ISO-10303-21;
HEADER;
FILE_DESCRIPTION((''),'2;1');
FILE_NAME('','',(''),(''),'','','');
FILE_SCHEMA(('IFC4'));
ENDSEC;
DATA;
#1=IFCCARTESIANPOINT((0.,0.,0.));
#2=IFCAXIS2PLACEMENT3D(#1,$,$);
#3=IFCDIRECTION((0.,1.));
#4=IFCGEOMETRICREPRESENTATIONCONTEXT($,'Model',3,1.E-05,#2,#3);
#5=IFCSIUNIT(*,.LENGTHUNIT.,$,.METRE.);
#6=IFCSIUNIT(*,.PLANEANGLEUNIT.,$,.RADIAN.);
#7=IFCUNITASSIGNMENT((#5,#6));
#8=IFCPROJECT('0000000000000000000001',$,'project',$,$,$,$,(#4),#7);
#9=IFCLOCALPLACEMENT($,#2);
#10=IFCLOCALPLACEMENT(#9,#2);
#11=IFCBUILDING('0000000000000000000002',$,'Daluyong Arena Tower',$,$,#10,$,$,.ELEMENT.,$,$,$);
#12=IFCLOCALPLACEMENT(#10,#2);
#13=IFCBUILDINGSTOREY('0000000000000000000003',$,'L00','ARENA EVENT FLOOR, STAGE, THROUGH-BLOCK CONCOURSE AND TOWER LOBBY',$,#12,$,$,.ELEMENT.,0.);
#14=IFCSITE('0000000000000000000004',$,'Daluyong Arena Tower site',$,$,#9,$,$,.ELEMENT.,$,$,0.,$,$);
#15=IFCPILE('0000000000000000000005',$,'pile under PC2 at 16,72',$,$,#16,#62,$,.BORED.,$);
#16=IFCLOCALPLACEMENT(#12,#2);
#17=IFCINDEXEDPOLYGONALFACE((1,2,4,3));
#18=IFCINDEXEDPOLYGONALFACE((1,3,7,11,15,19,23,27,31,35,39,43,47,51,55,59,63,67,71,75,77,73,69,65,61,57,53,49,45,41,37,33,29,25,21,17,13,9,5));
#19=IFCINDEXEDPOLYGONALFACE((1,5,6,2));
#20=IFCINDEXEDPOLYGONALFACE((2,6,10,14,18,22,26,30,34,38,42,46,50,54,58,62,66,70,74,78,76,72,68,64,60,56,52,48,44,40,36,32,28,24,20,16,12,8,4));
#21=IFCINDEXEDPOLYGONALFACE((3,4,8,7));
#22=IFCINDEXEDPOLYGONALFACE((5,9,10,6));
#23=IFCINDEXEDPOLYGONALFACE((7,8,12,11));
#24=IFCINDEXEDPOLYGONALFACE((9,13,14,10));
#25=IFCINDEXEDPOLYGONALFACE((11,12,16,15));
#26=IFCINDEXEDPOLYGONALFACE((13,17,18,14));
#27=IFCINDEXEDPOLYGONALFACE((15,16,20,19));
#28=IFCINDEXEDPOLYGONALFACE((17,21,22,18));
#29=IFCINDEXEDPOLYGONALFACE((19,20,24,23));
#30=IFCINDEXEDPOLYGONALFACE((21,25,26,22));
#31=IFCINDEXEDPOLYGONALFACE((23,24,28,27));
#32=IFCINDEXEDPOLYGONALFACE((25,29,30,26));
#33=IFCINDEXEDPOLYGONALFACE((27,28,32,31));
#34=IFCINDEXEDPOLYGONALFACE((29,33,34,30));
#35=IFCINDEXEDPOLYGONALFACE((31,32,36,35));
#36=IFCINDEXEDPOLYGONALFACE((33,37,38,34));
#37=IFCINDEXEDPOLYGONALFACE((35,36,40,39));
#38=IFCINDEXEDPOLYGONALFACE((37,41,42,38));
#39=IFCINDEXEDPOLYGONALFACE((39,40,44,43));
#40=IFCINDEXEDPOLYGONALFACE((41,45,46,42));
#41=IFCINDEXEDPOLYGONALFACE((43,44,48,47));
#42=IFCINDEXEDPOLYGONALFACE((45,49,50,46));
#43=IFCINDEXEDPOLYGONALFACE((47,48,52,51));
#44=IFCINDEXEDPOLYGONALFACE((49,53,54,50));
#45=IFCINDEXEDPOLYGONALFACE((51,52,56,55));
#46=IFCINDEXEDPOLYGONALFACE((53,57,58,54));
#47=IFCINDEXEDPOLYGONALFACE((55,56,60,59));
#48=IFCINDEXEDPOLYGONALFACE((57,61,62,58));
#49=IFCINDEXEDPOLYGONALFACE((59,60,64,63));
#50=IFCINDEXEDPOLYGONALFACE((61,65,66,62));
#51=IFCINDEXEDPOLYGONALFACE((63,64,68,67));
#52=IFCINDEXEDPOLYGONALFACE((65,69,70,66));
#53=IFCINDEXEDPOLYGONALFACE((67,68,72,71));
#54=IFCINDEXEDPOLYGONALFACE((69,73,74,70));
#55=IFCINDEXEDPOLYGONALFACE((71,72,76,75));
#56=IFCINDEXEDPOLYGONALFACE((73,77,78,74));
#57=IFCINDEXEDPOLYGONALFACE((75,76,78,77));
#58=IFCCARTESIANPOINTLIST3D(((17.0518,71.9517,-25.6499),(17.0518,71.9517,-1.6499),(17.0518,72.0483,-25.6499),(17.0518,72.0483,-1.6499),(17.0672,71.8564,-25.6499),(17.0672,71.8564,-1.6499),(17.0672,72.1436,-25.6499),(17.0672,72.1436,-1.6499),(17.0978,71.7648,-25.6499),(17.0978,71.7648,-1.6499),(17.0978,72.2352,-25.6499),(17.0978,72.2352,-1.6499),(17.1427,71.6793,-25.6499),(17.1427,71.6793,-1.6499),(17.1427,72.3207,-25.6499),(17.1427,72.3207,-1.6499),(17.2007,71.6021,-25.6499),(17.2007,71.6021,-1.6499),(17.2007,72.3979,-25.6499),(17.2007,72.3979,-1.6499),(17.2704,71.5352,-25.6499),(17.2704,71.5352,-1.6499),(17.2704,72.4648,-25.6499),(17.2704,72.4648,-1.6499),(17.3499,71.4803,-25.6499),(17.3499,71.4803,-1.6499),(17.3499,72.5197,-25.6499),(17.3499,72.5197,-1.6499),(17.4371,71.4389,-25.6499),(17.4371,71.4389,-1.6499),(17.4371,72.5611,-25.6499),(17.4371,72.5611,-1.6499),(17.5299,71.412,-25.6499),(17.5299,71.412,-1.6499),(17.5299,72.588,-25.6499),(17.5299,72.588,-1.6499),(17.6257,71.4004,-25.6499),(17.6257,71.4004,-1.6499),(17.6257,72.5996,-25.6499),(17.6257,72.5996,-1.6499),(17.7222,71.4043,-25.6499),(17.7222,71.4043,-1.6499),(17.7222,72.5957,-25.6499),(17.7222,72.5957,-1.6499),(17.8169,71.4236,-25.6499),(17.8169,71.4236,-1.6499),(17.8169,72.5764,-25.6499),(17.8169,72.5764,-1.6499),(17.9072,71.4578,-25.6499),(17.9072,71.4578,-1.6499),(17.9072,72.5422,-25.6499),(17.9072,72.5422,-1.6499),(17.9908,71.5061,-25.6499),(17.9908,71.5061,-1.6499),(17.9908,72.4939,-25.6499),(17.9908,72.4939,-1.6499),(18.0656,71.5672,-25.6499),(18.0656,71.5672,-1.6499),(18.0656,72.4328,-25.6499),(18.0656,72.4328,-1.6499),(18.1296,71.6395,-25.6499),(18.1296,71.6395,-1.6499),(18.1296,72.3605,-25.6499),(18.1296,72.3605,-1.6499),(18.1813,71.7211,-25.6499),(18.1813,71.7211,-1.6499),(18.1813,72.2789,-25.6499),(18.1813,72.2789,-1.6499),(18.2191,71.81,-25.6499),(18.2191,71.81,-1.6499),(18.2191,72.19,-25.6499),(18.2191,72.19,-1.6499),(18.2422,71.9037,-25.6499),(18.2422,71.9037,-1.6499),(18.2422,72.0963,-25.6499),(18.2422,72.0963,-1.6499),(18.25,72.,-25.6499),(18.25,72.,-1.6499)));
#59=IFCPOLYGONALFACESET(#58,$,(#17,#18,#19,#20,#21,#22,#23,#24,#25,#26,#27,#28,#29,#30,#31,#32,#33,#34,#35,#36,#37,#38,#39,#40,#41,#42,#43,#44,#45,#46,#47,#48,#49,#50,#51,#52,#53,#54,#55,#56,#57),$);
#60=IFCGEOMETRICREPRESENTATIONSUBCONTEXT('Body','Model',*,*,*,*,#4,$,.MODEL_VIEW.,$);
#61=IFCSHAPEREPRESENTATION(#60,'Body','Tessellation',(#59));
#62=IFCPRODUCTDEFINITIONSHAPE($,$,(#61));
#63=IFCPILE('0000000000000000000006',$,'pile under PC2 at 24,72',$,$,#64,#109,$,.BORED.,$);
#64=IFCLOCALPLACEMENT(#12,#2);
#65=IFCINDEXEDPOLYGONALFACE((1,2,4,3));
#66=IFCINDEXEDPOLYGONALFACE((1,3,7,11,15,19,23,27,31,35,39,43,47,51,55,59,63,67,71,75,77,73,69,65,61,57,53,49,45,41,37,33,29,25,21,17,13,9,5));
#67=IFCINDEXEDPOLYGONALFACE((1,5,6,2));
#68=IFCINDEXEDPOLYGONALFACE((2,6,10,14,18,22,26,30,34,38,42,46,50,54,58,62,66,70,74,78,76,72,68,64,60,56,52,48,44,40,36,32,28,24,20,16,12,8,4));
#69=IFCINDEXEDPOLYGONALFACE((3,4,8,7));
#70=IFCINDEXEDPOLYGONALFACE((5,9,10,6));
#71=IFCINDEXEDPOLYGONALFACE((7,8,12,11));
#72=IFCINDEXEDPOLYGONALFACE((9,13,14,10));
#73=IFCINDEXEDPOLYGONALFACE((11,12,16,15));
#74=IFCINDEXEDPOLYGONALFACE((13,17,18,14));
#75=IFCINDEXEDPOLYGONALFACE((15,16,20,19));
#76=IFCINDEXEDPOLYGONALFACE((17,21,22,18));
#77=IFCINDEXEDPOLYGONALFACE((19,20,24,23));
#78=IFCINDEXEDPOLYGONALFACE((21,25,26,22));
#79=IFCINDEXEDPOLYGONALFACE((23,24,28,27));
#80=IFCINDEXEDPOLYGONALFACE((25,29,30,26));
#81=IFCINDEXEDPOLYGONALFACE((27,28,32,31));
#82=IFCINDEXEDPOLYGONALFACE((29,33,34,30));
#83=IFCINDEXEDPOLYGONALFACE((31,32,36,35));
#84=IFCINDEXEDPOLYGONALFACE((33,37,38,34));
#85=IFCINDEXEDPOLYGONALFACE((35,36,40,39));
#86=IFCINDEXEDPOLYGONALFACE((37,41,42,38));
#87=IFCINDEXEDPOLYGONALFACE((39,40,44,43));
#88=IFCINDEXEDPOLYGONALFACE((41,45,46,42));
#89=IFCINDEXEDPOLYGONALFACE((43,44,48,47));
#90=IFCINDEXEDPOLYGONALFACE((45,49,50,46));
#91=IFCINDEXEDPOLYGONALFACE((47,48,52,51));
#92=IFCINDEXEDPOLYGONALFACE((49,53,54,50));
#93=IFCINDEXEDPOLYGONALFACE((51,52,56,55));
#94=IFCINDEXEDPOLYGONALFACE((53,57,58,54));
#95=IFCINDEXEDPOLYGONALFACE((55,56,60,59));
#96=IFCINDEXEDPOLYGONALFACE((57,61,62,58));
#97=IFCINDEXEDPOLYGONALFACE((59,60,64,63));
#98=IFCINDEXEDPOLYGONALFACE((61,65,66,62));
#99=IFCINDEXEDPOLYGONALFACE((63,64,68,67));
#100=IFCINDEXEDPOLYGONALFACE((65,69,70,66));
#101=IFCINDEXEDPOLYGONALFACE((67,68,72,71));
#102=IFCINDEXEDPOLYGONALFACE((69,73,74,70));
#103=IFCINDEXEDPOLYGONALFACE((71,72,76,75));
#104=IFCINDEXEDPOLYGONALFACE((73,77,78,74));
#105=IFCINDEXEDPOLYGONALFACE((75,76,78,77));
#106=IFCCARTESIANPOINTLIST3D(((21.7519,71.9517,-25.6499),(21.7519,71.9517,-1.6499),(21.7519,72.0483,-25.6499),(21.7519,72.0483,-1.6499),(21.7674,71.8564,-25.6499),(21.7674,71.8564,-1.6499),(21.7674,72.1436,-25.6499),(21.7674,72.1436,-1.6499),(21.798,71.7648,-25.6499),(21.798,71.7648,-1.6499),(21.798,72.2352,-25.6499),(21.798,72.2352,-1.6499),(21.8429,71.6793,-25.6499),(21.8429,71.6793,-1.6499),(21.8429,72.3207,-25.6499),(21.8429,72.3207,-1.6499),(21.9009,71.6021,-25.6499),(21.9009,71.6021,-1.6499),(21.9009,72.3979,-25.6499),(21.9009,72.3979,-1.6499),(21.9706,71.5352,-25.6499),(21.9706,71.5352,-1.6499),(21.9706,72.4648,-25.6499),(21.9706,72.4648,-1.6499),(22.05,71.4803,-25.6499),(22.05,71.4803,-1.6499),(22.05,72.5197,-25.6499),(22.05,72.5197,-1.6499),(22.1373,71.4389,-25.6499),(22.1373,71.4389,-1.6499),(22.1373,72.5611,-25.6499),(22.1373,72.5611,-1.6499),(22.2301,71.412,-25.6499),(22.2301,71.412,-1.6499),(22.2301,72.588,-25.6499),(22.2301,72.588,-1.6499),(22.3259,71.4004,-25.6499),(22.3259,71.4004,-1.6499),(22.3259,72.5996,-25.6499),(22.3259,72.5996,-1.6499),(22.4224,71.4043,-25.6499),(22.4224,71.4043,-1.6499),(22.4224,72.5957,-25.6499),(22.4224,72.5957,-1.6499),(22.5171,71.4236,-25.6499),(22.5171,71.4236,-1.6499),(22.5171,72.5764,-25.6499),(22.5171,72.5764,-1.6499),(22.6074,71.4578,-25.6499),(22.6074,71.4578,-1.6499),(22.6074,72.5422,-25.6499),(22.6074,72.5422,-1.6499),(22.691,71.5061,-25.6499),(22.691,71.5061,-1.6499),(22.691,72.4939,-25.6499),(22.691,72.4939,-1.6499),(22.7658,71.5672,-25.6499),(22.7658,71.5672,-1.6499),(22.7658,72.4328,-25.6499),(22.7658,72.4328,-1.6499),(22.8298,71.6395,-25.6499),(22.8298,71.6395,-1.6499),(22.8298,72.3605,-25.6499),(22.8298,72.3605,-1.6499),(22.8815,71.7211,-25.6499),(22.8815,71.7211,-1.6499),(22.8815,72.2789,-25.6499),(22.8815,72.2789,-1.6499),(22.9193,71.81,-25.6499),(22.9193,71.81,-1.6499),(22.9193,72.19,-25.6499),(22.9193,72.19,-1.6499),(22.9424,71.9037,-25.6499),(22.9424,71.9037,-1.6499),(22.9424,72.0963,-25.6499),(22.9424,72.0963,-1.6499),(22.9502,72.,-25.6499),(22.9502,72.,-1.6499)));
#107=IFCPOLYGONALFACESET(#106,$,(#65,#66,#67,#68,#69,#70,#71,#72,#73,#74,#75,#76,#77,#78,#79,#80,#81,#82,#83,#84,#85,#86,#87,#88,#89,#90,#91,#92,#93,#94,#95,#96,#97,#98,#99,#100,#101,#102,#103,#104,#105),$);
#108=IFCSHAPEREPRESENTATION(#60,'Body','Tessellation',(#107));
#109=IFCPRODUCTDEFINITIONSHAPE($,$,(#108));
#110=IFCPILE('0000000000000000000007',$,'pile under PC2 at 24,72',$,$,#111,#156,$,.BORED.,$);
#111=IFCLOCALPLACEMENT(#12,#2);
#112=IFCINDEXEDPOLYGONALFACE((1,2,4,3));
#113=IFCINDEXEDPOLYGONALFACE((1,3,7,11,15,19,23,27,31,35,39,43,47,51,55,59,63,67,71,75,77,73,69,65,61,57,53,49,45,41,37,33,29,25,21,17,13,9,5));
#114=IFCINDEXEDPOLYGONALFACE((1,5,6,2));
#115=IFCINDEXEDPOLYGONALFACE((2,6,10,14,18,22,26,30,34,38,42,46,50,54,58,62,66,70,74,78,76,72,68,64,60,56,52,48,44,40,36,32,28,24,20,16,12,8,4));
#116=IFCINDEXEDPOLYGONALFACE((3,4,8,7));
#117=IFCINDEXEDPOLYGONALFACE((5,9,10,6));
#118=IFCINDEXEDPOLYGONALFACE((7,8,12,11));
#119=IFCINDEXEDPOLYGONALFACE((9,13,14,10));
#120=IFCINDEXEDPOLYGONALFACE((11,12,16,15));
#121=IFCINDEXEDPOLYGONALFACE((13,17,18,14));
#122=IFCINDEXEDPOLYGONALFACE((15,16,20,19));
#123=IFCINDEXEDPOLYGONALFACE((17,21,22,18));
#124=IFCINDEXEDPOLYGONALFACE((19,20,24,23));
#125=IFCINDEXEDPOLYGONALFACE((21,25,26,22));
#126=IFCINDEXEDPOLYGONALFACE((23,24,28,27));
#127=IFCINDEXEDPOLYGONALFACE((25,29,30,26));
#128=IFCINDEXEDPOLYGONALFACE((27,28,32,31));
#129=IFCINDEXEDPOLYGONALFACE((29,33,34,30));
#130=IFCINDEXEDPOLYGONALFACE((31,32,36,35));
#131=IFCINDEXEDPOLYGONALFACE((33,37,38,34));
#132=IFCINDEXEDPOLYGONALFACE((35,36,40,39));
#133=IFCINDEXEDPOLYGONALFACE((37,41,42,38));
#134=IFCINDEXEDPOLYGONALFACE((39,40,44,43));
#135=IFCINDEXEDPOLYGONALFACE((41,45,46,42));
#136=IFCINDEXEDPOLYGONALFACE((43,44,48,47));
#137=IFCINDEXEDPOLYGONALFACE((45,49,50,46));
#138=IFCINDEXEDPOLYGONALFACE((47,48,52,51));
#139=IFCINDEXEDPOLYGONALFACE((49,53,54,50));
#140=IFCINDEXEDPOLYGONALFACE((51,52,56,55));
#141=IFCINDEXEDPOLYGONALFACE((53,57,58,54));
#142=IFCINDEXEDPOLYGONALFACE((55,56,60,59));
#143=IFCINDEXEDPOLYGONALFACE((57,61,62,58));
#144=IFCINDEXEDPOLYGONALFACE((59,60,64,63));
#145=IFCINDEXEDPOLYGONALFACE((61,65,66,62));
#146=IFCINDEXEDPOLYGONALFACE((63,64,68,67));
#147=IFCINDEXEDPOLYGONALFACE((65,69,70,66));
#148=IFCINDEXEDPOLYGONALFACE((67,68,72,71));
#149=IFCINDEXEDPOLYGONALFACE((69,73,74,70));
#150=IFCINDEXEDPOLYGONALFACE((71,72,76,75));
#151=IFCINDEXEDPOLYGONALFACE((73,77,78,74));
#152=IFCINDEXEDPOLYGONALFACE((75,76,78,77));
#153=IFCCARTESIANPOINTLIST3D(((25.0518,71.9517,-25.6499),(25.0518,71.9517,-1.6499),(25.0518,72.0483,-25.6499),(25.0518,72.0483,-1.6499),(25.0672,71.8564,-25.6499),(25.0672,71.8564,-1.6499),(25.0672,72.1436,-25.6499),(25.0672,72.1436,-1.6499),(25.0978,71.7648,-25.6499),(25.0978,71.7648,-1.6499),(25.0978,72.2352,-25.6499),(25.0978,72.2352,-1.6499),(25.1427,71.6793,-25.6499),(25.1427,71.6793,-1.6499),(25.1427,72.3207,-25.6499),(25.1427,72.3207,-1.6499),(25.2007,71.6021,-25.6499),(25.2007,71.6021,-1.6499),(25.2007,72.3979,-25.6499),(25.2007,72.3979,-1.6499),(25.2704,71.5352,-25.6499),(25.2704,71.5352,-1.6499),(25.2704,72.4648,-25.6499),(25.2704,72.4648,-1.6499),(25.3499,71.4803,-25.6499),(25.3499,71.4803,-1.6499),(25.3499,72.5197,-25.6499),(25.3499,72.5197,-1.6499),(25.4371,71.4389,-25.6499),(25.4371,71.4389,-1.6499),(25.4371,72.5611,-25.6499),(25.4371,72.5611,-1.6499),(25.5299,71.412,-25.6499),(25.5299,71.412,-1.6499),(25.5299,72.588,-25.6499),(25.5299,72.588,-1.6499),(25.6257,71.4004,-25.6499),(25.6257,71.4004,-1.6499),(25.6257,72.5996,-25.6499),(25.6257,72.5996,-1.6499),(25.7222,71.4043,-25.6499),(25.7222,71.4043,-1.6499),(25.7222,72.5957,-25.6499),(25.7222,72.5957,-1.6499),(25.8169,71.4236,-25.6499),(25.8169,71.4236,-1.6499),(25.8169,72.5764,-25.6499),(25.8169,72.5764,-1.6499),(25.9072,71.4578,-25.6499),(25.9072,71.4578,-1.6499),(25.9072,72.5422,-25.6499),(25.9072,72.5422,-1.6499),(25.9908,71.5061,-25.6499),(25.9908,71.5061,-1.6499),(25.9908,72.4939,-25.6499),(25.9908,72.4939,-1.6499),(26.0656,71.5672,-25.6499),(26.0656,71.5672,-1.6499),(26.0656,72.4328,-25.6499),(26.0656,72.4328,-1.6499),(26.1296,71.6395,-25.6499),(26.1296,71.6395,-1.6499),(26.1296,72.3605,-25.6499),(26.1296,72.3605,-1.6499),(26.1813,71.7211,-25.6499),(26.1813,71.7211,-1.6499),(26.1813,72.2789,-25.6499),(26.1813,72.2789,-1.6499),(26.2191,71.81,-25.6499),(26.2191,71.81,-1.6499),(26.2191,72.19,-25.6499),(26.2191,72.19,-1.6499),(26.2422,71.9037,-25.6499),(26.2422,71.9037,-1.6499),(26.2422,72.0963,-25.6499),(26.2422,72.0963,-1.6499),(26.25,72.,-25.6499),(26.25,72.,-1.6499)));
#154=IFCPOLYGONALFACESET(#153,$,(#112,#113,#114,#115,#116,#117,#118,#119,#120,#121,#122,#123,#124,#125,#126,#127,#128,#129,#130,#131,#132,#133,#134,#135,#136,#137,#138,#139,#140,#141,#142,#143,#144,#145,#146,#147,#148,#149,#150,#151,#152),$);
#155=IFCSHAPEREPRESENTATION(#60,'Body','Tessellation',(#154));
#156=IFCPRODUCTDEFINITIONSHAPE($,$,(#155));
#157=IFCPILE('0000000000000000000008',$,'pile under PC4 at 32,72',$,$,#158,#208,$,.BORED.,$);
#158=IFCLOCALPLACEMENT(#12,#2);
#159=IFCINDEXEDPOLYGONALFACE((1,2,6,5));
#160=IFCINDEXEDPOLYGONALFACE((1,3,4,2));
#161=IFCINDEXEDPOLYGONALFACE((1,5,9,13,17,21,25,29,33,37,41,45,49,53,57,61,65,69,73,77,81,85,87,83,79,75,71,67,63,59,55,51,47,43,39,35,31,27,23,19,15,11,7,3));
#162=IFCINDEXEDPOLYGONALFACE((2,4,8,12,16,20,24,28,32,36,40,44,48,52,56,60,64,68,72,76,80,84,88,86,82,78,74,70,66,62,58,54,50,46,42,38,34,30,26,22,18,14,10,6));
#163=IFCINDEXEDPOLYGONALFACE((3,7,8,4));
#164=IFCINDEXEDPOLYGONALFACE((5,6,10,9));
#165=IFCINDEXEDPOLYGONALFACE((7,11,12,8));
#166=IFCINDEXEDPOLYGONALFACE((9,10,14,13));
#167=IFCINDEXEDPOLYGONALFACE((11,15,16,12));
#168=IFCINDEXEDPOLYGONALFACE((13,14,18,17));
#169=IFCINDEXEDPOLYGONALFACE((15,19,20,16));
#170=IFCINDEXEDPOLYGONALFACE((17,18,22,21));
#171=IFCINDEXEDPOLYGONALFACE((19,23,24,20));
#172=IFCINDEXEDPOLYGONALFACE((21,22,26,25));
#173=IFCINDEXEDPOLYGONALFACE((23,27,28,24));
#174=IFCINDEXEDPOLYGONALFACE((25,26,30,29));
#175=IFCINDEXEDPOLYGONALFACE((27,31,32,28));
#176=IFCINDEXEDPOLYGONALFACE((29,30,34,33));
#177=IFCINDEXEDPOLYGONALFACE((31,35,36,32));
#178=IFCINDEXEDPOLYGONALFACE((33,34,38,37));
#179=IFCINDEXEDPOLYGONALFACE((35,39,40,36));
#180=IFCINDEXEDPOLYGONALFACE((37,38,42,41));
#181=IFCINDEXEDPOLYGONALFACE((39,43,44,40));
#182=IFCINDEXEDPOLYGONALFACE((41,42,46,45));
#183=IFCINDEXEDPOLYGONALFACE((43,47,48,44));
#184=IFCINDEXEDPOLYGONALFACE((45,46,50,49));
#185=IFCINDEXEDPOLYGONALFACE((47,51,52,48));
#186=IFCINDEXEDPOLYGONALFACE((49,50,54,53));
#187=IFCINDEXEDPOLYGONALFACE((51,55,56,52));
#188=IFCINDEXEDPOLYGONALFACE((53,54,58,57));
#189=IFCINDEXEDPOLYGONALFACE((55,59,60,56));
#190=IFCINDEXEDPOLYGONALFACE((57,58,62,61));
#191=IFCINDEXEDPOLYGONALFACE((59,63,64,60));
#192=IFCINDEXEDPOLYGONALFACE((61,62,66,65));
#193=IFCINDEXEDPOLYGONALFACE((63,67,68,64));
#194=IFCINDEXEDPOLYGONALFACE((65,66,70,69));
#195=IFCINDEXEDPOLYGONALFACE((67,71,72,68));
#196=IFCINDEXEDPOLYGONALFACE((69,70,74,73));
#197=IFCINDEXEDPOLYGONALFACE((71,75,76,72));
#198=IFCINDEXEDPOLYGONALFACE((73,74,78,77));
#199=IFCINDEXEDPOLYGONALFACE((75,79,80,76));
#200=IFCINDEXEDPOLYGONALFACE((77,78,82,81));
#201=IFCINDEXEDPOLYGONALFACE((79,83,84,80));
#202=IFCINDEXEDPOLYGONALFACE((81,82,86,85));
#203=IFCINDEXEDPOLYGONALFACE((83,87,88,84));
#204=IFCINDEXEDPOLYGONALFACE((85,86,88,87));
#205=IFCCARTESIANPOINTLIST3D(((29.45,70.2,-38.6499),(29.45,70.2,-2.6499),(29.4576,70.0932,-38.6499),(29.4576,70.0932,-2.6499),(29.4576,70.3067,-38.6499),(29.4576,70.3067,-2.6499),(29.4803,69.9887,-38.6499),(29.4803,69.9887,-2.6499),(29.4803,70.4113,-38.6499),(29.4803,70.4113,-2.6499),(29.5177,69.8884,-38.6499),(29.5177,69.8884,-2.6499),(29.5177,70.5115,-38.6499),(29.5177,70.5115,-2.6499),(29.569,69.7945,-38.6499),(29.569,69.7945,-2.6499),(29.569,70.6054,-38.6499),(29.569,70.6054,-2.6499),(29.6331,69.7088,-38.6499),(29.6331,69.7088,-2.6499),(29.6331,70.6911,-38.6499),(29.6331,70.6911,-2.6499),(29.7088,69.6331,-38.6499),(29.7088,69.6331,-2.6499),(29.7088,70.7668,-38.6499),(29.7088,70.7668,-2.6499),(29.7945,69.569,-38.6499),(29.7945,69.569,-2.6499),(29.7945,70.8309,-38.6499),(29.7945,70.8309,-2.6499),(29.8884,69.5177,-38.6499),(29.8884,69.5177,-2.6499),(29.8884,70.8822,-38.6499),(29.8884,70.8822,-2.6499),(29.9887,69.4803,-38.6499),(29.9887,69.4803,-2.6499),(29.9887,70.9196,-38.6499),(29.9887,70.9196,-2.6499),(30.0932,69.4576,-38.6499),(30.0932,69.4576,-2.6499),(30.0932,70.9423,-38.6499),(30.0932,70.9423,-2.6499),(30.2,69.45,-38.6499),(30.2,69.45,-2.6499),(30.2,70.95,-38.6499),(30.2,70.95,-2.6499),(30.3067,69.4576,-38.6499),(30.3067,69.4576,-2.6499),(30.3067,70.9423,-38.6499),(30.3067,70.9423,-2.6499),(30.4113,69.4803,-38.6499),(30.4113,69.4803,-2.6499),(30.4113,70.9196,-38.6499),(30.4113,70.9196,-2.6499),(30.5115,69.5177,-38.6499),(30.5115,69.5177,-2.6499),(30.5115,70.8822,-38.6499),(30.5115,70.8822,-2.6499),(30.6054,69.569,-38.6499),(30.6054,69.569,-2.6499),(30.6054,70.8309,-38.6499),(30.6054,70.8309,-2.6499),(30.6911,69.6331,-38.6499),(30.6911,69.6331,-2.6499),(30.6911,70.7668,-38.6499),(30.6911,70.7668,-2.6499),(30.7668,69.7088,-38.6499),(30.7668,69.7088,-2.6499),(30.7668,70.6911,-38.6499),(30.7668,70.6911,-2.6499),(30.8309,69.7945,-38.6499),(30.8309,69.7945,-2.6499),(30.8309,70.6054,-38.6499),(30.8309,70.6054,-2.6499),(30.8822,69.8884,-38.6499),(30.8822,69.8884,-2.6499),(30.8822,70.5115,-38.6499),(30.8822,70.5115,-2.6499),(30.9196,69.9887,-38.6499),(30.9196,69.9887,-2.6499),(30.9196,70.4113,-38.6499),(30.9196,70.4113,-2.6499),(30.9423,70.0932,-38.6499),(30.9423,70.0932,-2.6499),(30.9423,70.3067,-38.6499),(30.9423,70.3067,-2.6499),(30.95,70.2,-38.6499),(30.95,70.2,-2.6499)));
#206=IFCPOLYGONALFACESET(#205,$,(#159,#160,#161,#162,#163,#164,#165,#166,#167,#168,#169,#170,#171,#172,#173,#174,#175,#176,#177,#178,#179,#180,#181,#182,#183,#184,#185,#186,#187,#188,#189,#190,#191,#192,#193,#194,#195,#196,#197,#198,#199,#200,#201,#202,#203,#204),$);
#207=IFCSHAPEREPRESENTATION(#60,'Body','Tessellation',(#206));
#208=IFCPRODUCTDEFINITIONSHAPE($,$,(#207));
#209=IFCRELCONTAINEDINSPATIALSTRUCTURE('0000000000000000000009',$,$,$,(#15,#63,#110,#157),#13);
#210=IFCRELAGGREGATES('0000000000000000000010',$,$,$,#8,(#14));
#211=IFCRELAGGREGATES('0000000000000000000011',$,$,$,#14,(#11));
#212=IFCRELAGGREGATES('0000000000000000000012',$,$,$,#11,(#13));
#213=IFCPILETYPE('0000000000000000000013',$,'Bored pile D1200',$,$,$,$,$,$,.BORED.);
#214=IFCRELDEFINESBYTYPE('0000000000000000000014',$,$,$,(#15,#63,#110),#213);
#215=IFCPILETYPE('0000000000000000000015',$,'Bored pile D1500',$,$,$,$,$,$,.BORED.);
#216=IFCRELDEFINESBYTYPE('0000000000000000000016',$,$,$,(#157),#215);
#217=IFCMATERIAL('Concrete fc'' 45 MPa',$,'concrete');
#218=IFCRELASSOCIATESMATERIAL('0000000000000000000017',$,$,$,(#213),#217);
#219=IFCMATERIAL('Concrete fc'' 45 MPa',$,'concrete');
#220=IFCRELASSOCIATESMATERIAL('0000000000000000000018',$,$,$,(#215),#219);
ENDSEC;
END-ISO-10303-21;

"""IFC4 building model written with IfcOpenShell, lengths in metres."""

from ifc_helpers import new_model, si_unit, direction, frame, origin, origin_2d, place, context, subcontext, project, spatial, circle, extrude, material, type_object, element, save


model = new_model("IFC4")

# Units and contexts
model_context = context("Model", 3, precision=1e-05, world=origin(), true_north=direction((0.0, 1.0)))
body_context = subcontext(model_context, "Body", "Model", "MODEL_VIEW")
ifc_project = project(units=[si_unit("LENGTHUNIT", "METRE"), si_unit("PLANEANGLEUNIT", "RADIAN")], contexts=[model_context])

# Site, building, storey
site_placement = place(None, origin())
site = spatial("IfcSite", under=ifc_project, at=site_placement, Name="Daluyong Arena Tower site", CompositionType="ELEMENT", RefElevation=0.0)
building_placement = place(site_placement, origin())
building = spatial("IfcBuilding", under=site, at=building_placement, Name="Daluyong Arena Tower", CompositionType="ELEMENT")
storey_placement = place(building_placement, origin())
storey = spatial("IfcBuildingStorey", under=building, at=storey_placement, Name="L00", Description="ARENA EVENT FLOOR, STAGE, THROUGH-BLOCK CONCOURSE AND TOWER LOBBY", CompositionType="ELEMENT", Elevation=0.0)

# Piles
ifc_material_1 = material(Name="Concrete fc' 45 MPa", Category="concrete")
pile_type_1 = type_object("IfcPileType", Name="Bored pile D1200", PredefinedType="BORED", material=ifc_material_1)
for number, where, z_axis, x_axis, name in (
    (1, (17.6499, 72.0, -1.6499), (0.0, 0.0, -1.0), (1.0, 0.0, 0.0), "pile under PC2 at 16,72"),
    (2, (22.3501, 72.0, -1.6499), (0.0, 0.0, -1.0), (1.0, 0.0, 0.0), "pile under PC2 at 24,72"),
    (3, (25.6499, 72.0, -1.6499), (0.0, 0.0, -1.0), (1.0, 0.0, 0.0), "pile under PC2 at 24,72"),
):
    element("IfcPile", number, at=place(storey_placement, frame(where, z_axis=z_axis, x_axis=x_axis)), inside=storey, type_object=pile_type_1, Name=name, PredefinedType="BORED", context=body_context, shape_type="SweptSolid", body=[
        extrude(circle(Radius=0.6001, at=origin_2d()), origin(), (0.0, 0.0, 1.0), 24.0),
    ])
ifc_material_2 = material(Name="Concrete fc' 45 MPa", Category="concrete")
pile_type_2 = type_object("IfcPileType", Name="Bored pile D1500", PredefinedType="BORED", material=ifc_material_2)
for number, where, z_axis, x_axis, name in (
    (4, (30.2, 70.2, -2.6499), (0.0, 0.0, -1.0), (1.0, 0.0, 0.0), "pile under PC4 at 32,72"),
):
    element("IfcPile", number, at=place(storey_placement, frame(where, z_axis=z_axis, x_axis=x_axis)), inside=storey, type_object=pile_type_2, Name=name, PredefinedType="BORED", context=body_context, shape_type="SweptSolid", body=[
        extrude(circle(Radius=0.75, at=origin_2d()), origin(), (0.0, 0.0, 1.0), 36.0),
    ])

save(model, "model.ifc")
